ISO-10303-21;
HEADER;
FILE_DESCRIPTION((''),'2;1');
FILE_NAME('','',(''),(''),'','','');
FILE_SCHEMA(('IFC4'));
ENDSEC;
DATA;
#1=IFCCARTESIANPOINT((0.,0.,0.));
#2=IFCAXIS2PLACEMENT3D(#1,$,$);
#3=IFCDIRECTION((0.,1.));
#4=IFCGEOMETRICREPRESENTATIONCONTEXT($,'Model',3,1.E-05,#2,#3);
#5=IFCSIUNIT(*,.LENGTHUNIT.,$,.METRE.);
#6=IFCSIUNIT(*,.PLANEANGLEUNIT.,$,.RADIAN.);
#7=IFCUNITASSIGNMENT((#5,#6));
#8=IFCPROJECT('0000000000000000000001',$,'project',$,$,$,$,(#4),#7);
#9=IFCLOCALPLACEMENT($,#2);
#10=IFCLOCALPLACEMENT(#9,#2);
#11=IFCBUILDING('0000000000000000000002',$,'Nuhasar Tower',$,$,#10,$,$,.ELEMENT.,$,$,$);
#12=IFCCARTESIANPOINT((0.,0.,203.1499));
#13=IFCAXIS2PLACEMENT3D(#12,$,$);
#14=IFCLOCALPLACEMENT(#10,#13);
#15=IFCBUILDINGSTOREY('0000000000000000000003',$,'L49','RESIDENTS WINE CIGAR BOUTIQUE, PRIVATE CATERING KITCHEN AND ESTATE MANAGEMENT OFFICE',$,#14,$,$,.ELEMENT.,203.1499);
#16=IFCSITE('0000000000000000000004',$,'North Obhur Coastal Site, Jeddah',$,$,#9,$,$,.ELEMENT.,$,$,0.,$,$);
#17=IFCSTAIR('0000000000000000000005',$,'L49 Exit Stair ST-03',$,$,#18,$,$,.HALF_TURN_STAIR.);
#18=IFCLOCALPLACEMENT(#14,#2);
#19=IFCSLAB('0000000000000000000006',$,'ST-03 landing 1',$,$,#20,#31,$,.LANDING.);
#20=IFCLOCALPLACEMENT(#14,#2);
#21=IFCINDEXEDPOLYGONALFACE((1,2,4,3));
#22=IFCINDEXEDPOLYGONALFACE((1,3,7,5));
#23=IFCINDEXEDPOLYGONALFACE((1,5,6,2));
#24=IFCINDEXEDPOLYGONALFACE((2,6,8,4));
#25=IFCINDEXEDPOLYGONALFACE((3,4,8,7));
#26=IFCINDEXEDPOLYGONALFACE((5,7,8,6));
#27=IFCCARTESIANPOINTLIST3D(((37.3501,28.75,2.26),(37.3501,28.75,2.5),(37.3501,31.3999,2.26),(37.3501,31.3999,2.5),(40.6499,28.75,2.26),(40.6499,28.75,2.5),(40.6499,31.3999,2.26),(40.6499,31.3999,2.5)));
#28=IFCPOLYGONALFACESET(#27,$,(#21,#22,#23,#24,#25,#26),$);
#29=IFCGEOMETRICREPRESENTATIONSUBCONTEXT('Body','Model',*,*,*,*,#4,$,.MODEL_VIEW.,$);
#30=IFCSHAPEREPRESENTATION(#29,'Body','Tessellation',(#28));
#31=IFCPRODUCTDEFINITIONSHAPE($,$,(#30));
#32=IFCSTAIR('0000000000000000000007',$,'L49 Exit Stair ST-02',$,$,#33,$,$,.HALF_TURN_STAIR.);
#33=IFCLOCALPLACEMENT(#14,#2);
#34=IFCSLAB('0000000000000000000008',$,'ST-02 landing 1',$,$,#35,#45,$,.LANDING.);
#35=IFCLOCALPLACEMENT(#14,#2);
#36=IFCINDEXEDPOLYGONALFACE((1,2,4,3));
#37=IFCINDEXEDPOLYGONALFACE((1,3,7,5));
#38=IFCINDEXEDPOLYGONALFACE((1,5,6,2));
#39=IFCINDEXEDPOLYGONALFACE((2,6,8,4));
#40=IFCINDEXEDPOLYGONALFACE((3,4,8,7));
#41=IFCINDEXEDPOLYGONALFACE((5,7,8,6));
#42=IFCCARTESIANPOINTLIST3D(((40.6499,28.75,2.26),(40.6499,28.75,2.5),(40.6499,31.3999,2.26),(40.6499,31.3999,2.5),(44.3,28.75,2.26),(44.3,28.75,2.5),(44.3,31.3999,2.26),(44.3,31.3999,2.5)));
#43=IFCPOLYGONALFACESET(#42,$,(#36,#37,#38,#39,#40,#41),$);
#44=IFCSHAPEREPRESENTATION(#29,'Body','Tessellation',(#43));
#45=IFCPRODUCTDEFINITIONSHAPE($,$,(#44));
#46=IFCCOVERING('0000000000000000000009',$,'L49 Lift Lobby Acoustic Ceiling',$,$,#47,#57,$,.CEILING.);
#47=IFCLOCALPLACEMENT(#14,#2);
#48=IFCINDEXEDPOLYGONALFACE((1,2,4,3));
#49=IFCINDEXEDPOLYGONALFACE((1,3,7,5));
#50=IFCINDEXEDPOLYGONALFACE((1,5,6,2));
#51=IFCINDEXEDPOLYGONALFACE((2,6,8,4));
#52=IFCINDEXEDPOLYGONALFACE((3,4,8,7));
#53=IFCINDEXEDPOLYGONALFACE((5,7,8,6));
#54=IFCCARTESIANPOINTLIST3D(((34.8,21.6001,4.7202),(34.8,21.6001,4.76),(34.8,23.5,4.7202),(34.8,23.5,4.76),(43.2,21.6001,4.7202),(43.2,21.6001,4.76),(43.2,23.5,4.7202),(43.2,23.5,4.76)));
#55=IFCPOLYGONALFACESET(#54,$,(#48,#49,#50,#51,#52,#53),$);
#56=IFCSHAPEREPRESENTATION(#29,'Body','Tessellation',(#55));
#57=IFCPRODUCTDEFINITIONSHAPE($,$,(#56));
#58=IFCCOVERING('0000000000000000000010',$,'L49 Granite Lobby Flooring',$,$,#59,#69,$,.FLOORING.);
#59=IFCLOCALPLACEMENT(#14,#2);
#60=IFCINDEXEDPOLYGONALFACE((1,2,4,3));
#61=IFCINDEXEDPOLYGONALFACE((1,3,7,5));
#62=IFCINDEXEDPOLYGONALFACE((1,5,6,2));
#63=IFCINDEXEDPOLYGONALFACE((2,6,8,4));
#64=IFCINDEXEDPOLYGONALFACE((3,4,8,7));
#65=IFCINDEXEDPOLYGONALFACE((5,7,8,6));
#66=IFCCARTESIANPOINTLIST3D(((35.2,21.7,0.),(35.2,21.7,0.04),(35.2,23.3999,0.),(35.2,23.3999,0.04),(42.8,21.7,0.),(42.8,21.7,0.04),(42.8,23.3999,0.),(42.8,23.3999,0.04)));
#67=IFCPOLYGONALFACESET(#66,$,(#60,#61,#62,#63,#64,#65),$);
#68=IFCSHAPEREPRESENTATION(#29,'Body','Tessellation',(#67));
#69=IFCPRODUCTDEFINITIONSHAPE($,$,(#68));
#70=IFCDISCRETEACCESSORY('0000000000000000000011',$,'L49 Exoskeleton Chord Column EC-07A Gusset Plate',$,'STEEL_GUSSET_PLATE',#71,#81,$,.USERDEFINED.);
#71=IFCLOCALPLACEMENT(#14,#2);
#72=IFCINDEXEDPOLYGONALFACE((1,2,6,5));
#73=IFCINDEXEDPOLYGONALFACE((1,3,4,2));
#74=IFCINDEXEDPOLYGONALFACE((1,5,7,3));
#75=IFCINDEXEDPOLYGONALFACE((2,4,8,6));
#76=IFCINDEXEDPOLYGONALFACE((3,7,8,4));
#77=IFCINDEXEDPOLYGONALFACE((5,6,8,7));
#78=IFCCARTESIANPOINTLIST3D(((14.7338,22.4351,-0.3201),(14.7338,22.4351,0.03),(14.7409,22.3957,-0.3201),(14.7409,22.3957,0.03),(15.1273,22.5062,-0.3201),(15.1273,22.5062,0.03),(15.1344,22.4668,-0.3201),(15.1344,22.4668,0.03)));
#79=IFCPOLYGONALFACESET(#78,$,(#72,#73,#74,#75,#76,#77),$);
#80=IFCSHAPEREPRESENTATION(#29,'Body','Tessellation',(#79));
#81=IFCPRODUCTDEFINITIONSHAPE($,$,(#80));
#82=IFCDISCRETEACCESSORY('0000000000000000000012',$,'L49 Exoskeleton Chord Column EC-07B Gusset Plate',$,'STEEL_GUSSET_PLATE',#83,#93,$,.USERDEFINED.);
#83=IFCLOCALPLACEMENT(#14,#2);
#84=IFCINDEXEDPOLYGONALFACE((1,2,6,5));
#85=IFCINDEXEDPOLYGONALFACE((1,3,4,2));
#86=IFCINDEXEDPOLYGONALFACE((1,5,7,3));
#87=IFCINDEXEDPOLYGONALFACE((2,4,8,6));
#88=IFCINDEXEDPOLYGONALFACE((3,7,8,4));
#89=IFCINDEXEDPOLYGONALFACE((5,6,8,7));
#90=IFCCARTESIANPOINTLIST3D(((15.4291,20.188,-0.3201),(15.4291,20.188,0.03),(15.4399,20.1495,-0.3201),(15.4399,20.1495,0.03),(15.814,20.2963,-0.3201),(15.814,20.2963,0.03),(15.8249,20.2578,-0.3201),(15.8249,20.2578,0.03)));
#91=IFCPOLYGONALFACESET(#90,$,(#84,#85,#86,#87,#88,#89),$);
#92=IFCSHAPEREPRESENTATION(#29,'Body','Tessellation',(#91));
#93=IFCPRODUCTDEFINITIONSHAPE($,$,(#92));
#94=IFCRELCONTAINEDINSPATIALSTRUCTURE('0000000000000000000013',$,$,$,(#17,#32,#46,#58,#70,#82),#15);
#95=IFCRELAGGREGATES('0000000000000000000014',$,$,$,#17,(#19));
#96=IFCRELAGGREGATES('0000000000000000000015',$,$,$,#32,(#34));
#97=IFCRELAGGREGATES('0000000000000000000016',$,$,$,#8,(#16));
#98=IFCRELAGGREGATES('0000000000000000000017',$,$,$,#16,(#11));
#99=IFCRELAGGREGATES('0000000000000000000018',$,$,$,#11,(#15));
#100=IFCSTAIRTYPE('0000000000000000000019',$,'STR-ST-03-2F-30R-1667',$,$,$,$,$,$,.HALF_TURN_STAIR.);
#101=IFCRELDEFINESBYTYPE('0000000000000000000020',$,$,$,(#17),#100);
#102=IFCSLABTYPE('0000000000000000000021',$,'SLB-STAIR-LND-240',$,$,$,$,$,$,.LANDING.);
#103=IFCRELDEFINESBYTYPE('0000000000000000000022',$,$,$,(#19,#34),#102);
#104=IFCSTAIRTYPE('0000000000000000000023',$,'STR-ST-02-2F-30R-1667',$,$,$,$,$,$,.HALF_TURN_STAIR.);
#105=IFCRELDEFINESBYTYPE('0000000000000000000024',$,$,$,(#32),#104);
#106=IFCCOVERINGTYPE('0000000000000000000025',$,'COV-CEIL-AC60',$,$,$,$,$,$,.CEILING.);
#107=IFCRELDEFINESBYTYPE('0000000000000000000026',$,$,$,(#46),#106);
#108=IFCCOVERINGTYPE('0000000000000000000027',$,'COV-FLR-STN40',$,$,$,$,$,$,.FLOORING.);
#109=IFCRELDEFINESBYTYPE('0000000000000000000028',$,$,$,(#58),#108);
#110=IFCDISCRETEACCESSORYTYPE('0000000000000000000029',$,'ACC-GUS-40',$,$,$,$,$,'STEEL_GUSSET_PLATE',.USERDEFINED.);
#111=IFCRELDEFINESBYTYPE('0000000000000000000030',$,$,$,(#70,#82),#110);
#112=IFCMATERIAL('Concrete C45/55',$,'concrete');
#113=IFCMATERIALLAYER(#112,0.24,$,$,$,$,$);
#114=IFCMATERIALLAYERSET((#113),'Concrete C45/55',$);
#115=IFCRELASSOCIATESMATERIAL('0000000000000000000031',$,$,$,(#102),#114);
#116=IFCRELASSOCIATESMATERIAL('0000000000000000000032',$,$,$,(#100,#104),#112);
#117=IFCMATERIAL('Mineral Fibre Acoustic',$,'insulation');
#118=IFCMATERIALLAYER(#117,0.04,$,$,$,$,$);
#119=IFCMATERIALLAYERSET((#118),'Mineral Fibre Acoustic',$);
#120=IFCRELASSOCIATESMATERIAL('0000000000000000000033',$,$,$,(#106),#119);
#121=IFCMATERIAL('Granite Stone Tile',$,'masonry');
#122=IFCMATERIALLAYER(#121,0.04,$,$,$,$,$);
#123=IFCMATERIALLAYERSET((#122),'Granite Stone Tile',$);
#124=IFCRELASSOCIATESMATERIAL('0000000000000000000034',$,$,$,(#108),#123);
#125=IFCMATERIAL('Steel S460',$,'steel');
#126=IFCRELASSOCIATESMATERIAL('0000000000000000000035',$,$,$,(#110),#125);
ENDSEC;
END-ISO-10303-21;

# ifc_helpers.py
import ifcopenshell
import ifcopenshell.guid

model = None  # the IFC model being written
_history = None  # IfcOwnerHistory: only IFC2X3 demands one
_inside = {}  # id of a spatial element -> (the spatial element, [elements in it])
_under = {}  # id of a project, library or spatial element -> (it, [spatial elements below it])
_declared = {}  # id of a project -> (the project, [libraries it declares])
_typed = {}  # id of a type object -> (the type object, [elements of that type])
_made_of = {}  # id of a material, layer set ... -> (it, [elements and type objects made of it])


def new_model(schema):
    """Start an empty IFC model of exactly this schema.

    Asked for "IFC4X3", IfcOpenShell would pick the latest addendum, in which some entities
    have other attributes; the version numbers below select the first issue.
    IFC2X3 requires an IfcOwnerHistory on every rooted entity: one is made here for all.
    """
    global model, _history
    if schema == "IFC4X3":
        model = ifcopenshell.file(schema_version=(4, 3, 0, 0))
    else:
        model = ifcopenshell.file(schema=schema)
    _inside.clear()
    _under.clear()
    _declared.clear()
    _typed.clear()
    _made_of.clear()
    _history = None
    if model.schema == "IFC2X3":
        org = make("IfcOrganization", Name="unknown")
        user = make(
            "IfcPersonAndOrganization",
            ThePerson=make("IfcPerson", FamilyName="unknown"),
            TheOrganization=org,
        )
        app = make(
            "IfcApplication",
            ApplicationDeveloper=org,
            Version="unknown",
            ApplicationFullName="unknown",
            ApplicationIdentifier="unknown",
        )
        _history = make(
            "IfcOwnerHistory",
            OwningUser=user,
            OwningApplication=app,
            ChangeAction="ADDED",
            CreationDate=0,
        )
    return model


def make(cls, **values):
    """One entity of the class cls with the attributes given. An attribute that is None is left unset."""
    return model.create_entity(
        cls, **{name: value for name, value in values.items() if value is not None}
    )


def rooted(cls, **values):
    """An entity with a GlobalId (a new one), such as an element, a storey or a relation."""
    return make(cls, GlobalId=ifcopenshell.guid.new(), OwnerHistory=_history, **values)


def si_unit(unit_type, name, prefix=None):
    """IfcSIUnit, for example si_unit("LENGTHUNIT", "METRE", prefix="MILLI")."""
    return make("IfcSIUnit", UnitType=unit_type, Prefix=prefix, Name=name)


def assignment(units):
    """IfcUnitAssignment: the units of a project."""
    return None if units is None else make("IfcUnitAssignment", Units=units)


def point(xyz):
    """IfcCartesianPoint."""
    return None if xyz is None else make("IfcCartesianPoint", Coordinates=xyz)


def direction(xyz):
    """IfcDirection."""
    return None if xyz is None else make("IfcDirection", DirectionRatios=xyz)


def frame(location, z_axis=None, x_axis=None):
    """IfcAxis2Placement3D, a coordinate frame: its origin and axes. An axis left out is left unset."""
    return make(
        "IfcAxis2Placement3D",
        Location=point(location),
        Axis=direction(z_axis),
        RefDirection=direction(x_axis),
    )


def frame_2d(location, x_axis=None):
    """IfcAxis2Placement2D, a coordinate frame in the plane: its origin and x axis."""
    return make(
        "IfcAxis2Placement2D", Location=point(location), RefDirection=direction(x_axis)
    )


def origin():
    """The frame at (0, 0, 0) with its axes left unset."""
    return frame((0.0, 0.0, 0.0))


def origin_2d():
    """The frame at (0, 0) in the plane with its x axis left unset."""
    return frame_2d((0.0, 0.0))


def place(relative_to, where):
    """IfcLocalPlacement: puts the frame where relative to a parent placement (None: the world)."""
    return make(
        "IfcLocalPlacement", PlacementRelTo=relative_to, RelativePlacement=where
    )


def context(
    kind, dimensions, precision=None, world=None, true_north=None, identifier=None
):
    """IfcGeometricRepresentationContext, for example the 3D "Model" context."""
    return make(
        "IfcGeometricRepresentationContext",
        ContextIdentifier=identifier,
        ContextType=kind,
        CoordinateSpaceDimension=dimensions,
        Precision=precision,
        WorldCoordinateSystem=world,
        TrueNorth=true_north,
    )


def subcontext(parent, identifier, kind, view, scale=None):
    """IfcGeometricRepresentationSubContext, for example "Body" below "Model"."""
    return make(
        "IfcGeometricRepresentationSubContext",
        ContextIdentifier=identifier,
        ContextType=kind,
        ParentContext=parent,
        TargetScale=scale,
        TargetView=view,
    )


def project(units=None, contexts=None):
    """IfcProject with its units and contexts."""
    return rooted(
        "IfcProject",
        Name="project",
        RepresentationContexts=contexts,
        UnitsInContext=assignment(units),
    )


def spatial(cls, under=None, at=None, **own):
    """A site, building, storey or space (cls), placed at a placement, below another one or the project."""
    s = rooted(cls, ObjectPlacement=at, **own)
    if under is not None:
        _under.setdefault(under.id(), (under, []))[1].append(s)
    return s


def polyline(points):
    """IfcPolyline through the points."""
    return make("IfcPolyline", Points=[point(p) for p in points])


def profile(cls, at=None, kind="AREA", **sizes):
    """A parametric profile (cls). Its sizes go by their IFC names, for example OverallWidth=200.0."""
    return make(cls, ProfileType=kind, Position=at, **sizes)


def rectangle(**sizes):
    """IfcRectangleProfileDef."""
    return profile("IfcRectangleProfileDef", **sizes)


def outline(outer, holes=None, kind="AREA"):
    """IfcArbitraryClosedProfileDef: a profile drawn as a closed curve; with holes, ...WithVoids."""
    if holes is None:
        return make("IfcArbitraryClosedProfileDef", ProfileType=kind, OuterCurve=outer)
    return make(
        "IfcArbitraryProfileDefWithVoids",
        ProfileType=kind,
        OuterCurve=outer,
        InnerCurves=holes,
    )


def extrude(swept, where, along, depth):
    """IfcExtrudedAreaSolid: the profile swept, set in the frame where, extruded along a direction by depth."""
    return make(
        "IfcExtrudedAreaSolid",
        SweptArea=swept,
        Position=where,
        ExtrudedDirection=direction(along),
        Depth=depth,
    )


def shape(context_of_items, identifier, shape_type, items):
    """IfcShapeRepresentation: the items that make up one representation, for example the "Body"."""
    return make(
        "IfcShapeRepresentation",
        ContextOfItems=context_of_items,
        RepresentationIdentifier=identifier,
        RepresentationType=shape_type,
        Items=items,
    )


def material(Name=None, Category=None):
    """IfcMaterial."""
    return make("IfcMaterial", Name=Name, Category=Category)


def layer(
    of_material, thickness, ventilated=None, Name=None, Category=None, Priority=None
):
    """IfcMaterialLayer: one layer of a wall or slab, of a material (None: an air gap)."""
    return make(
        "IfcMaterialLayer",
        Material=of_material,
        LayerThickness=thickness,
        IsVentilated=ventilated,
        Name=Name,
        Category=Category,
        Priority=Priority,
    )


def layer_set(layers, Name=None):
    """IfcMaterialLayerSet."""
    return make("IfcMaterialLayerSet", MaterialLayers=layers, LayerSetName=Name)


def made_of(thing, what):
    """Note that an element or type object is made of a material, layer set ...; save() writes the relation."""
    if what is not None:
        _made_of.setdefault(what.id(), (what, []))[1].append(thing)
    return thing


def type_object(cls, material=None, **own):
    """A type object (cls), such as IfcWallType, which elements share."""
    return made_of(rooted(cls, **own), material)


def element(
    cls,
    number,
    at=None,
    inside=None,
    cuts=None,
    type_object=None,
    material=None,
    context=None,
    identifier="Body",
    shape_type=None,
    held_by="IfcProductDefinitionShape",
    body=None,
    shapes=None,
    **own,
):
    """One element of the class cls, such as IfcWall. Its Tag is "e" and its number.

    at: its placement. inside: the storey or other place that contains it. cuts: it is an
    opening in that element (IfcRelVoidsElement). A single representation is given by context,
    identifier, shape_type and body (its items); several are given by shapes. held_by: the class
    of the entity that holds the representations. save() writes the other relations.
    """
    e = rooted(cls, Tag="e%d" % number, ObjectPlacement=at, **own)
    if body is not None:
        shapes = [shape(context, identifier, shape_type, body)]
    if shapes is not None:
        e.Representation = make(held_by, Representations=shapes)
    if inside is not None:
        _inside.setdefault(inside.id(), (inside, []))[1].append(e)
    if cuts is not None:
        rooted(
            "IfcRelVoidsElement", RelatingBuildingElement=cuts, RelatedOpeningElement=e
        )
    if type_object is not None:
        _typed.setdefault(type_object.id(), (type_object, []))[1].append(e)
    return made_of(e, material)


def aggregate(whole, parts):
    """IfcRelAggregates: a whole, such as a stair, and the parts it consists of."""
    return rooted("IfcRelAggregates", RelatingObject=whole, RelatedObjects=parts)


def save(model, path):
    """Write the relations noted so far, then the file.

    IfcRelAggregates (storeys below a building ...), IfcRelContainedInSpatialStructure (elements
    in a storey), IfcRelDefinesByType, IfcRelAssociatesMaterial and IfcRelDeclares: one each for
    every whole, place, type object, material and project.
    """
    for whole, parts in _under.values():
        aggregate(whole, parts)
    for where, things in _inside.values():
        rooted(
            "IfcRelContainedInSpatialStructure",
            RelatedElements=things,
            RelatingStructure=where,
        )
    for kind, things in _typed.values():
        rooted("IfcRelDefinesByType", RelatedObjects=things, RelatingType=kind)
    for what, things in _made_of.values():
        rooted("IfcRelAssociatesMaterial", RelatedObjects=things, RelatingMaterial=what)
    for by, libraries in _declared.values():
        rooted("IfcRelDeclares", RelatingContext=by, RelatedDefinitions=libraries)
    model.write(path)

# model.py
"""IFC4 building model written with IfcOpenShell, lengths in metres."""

from ifc_helpers import new_model, si_unit, direction, frame, origin, origin_2d, place, context, subcontext, project, spatial, polyline, rectangle, outline, extrude, material, layer, layer_set, type_object, element, aggregate, save


model = new_model("IFC4")

# Units and contexts
model_context = context("Model", 3, precision=1e-05, world=origin(), true_north=direction((0.0, 1.0)))
body_context = subcontext(model_context, "Body", "Model", "MODEL_VIEW")
ifc_project = project(units=[si_unit("LENGTHUNIT", "METRE"), si_unit("PLANEANGLEUNIT", "RADIAN")], contexts=[model_context])

# Site, building, storey
site_placement = place(None, origin())
site = spatial("IfcSite", under=ifc_project, at=site_placement, Name="North Obhur Coastal Site, Jeddah", CompositionType="ELEMENT", RefElevation=0.0)
building_placement = place(site_placement, origin())
building = spatial("IfcBuilding", under=site, at=building_placement, Name="Nuhasar Tower", CompositionType="ELEMENT")
storey_placement = place(building_placement, frame((0.0, 0.0, 203.1499)))
storey = spatial("IfcBuildingStorey", under=building, at=storey_placement, Name="L49", Description="RESIDENTS WINE CIGAR BOUTIQUE, PRIVATE CATERING KITCHEN AND ESTATE MANAGEMENT OFFICE", CompositionType="ELEMENT", Elevation=203.1499)

# Shared definitions
ifc_material_1 = material(Name="Steel S460", Category="steel")

# Stairs, slabs
ifc_material_2 = material(Name="Concrete C45/55", Category="concrete")
ifc_layer_1 = layer(ifc_material_2, 0.24)
ifc_layer_set_1 = layer_set([ifc_layer_1], Name="Concrete C45/55")
slab_type_1 = type_object("IfcSlabType", Name="SLB-STAIR-LND-240", PredefinedType="LANDING", material=ifc_layer_set_1)
stair_type_1 = type_object("IfcStairType", Name="STR-ST-03-2F-30R-1667", PredefinedType="HALF_TURN_STAIR", material=ifc_material_2)
stair_1_placement = place(storey_placement, origin())
stair_1 = element("IfcStair", 1, at=stair_1_placement, inside=storey, type_object=stair_type_1, Name="L49 Exit Stair ST-03", PredefinedType="HALF_TURN_STAIR")
slab_1_placement = place(storey_placement, frame((0.0, 0.0, 2.26)))
slab_1 = element("IfcSlab", 2, at=slab_1_placement, type_object=slab_type_1, Name="ST-03 landing 1", PredefinedType="LANDING", context=body_context, shape_type="SweptSolid", body=[
    extrude(outline(polyline([(37.3501, 28.75), (40.6499, 28.75), (40.6499, 31.3999), (37.3501, 31.3999), (37.3501, 28.75)])), origin(), (0.0, 0.0, 1.0), 0.24),
])
aggregate(stair_1, [slab_1])
stair_type_2 = type_object("IfcStairType", Name="STR-ST-02-2F-30R-1667", PredefinedType="HALF_TURN_STAIR", material=ifc_material_2)
stair_2_placement = place(storey_placement, origin())
stair_2 = element("IfcStair", 3, at=stair_2_placement, inside=storey, type_object=stair_type_2, Name="L49 Exit Stair ST-02", PredefinedType="HALF_TURN_STAIR")
slab_2_placement = place(storey_placement, frame((0.0, 0.0, 2.26)))
slab_2 = element("IfcSlab", 4, at=slab_2_placement, type_object=slab_type_1, Name="ST-02 landing 1", PredefinedType="LANDING", context=body_context, shape_type="SweptSolid", body=[
    extrude(outline(polyline([(40.6499, 28.75), (44.3, 28.75), (44.3, 31.3999), (40.6499, 31.3999), (40.6499, 28.75)])), origin(), (0.0, 0.0, 1.0), 0.24),
])
aggregate(stair_2, [slab_2])

# Coverings
ifc_material_3 = material(Name="Mineral Fibre Acoustic", Category="insulation")
ifc_layer_2 = layer(ifc_material_3, 0.04)
ifc_layer_set_2 = layer_set([ifc_layer_2], Name="Mineral Fibre Acoustic")
covering_type_1 = type_object("IfcCoveringType", Name="COV-CEIL-AC60", PredefinedType="CEILING", material=ifc_layer_set_2)
covering_1_placement = place(storey_placement, frame((0.0, 0.0, 4.7202)))
element("IfcCovering", 5, at=covering_1_placement, inside=storey, type_object=covering_type_1, Name="L49 Lift Lobby Acoustic Ceiling", PredefinedType="CEILING", context=body_context, shape_type="SweptSolid", body=[
    extrude(outline(polyline([(34.8, 21.6001), (43.2, 21.6001), (43.2, 23.5), (34.8, 23.5), (34.8, 21.6001)])), origin(), (0.0, 0.0, 1.0), 0.0398),
])
ifc_material_4 = material(Name="Granite Stone Tile", Category="masonry")
ifc_layer_3 = layer(ifc_material_4, 0.04)
ifc_layer_set_3 = layer_set([ifc_layer_3], Name="Granite Stone Tile")
covering_type_2 = type_object("IfcCoveringType", Name="COV-FLR-STN40", PredefinedType="FLOORING", material=ifc_layer_set_3)
covering_2_placement = place(storey_placement, origin())
element("IfcCovering", 6, at=covering_2_placement, inside=storey, type_object=covering_type_2, Name="L49 Granite Lobby Flooring", PredefinedType="FLOORING", context=body_context, shape_type="SweptSolid", body=[
    extrude(outline(polyline([(35.2, 21.7), (42.8, 21.7), (42.8, 23.3999), (35.2, 23.3999), (35.2, 21.7)])), origin(), (0.0, 0.0, 1.0), 0.04),
])

# Discrete accessories
discrete_accessory_type = type_object("IfcDiscreteAccessoryType", Name="ACC-GUS-40", ElementType="STEEL_GUSSET_PLATE", PredefinedType="USERDEFINED", material=ifc_material_1)
for number, where, z_axis, x_axis, name in (
    (7, (14.9341, 22.4509, -0.3201), (0.0, 0.0, 1.0), (-0.984062, -0.177823, 0.0), "L49 Exoskeleton Chord Column EC-07A Gusset Plate"),
    (8, (15.627, 20.2229, -0.3201), (0.0, 0.0, 1.0), (-0.962621, -0.270852, 0.0), "L49 Exoskeleton Chord Column EC-07B Gusset Plate"),
):
    element("IfcDiscreteAccessory", number, at=place(storey_placement, frame(where, z_axis=z_axis, x_axis=x_axis)), inside=storey, type_object=discrete_accessory_type, Name=name, ObjectType="STEEL_GUSSET_PLATE", PredefinedType="USERDEFINED", context=body_context, shape_type="SweptSolid", body=[
        extrude(rectangle(XDim=0.3999, YDim=0.04, at=origin_2d()), origin(), (0.0, 0.0, 1.0), 0.3501),
    ])

save(model, "model.ifc")
